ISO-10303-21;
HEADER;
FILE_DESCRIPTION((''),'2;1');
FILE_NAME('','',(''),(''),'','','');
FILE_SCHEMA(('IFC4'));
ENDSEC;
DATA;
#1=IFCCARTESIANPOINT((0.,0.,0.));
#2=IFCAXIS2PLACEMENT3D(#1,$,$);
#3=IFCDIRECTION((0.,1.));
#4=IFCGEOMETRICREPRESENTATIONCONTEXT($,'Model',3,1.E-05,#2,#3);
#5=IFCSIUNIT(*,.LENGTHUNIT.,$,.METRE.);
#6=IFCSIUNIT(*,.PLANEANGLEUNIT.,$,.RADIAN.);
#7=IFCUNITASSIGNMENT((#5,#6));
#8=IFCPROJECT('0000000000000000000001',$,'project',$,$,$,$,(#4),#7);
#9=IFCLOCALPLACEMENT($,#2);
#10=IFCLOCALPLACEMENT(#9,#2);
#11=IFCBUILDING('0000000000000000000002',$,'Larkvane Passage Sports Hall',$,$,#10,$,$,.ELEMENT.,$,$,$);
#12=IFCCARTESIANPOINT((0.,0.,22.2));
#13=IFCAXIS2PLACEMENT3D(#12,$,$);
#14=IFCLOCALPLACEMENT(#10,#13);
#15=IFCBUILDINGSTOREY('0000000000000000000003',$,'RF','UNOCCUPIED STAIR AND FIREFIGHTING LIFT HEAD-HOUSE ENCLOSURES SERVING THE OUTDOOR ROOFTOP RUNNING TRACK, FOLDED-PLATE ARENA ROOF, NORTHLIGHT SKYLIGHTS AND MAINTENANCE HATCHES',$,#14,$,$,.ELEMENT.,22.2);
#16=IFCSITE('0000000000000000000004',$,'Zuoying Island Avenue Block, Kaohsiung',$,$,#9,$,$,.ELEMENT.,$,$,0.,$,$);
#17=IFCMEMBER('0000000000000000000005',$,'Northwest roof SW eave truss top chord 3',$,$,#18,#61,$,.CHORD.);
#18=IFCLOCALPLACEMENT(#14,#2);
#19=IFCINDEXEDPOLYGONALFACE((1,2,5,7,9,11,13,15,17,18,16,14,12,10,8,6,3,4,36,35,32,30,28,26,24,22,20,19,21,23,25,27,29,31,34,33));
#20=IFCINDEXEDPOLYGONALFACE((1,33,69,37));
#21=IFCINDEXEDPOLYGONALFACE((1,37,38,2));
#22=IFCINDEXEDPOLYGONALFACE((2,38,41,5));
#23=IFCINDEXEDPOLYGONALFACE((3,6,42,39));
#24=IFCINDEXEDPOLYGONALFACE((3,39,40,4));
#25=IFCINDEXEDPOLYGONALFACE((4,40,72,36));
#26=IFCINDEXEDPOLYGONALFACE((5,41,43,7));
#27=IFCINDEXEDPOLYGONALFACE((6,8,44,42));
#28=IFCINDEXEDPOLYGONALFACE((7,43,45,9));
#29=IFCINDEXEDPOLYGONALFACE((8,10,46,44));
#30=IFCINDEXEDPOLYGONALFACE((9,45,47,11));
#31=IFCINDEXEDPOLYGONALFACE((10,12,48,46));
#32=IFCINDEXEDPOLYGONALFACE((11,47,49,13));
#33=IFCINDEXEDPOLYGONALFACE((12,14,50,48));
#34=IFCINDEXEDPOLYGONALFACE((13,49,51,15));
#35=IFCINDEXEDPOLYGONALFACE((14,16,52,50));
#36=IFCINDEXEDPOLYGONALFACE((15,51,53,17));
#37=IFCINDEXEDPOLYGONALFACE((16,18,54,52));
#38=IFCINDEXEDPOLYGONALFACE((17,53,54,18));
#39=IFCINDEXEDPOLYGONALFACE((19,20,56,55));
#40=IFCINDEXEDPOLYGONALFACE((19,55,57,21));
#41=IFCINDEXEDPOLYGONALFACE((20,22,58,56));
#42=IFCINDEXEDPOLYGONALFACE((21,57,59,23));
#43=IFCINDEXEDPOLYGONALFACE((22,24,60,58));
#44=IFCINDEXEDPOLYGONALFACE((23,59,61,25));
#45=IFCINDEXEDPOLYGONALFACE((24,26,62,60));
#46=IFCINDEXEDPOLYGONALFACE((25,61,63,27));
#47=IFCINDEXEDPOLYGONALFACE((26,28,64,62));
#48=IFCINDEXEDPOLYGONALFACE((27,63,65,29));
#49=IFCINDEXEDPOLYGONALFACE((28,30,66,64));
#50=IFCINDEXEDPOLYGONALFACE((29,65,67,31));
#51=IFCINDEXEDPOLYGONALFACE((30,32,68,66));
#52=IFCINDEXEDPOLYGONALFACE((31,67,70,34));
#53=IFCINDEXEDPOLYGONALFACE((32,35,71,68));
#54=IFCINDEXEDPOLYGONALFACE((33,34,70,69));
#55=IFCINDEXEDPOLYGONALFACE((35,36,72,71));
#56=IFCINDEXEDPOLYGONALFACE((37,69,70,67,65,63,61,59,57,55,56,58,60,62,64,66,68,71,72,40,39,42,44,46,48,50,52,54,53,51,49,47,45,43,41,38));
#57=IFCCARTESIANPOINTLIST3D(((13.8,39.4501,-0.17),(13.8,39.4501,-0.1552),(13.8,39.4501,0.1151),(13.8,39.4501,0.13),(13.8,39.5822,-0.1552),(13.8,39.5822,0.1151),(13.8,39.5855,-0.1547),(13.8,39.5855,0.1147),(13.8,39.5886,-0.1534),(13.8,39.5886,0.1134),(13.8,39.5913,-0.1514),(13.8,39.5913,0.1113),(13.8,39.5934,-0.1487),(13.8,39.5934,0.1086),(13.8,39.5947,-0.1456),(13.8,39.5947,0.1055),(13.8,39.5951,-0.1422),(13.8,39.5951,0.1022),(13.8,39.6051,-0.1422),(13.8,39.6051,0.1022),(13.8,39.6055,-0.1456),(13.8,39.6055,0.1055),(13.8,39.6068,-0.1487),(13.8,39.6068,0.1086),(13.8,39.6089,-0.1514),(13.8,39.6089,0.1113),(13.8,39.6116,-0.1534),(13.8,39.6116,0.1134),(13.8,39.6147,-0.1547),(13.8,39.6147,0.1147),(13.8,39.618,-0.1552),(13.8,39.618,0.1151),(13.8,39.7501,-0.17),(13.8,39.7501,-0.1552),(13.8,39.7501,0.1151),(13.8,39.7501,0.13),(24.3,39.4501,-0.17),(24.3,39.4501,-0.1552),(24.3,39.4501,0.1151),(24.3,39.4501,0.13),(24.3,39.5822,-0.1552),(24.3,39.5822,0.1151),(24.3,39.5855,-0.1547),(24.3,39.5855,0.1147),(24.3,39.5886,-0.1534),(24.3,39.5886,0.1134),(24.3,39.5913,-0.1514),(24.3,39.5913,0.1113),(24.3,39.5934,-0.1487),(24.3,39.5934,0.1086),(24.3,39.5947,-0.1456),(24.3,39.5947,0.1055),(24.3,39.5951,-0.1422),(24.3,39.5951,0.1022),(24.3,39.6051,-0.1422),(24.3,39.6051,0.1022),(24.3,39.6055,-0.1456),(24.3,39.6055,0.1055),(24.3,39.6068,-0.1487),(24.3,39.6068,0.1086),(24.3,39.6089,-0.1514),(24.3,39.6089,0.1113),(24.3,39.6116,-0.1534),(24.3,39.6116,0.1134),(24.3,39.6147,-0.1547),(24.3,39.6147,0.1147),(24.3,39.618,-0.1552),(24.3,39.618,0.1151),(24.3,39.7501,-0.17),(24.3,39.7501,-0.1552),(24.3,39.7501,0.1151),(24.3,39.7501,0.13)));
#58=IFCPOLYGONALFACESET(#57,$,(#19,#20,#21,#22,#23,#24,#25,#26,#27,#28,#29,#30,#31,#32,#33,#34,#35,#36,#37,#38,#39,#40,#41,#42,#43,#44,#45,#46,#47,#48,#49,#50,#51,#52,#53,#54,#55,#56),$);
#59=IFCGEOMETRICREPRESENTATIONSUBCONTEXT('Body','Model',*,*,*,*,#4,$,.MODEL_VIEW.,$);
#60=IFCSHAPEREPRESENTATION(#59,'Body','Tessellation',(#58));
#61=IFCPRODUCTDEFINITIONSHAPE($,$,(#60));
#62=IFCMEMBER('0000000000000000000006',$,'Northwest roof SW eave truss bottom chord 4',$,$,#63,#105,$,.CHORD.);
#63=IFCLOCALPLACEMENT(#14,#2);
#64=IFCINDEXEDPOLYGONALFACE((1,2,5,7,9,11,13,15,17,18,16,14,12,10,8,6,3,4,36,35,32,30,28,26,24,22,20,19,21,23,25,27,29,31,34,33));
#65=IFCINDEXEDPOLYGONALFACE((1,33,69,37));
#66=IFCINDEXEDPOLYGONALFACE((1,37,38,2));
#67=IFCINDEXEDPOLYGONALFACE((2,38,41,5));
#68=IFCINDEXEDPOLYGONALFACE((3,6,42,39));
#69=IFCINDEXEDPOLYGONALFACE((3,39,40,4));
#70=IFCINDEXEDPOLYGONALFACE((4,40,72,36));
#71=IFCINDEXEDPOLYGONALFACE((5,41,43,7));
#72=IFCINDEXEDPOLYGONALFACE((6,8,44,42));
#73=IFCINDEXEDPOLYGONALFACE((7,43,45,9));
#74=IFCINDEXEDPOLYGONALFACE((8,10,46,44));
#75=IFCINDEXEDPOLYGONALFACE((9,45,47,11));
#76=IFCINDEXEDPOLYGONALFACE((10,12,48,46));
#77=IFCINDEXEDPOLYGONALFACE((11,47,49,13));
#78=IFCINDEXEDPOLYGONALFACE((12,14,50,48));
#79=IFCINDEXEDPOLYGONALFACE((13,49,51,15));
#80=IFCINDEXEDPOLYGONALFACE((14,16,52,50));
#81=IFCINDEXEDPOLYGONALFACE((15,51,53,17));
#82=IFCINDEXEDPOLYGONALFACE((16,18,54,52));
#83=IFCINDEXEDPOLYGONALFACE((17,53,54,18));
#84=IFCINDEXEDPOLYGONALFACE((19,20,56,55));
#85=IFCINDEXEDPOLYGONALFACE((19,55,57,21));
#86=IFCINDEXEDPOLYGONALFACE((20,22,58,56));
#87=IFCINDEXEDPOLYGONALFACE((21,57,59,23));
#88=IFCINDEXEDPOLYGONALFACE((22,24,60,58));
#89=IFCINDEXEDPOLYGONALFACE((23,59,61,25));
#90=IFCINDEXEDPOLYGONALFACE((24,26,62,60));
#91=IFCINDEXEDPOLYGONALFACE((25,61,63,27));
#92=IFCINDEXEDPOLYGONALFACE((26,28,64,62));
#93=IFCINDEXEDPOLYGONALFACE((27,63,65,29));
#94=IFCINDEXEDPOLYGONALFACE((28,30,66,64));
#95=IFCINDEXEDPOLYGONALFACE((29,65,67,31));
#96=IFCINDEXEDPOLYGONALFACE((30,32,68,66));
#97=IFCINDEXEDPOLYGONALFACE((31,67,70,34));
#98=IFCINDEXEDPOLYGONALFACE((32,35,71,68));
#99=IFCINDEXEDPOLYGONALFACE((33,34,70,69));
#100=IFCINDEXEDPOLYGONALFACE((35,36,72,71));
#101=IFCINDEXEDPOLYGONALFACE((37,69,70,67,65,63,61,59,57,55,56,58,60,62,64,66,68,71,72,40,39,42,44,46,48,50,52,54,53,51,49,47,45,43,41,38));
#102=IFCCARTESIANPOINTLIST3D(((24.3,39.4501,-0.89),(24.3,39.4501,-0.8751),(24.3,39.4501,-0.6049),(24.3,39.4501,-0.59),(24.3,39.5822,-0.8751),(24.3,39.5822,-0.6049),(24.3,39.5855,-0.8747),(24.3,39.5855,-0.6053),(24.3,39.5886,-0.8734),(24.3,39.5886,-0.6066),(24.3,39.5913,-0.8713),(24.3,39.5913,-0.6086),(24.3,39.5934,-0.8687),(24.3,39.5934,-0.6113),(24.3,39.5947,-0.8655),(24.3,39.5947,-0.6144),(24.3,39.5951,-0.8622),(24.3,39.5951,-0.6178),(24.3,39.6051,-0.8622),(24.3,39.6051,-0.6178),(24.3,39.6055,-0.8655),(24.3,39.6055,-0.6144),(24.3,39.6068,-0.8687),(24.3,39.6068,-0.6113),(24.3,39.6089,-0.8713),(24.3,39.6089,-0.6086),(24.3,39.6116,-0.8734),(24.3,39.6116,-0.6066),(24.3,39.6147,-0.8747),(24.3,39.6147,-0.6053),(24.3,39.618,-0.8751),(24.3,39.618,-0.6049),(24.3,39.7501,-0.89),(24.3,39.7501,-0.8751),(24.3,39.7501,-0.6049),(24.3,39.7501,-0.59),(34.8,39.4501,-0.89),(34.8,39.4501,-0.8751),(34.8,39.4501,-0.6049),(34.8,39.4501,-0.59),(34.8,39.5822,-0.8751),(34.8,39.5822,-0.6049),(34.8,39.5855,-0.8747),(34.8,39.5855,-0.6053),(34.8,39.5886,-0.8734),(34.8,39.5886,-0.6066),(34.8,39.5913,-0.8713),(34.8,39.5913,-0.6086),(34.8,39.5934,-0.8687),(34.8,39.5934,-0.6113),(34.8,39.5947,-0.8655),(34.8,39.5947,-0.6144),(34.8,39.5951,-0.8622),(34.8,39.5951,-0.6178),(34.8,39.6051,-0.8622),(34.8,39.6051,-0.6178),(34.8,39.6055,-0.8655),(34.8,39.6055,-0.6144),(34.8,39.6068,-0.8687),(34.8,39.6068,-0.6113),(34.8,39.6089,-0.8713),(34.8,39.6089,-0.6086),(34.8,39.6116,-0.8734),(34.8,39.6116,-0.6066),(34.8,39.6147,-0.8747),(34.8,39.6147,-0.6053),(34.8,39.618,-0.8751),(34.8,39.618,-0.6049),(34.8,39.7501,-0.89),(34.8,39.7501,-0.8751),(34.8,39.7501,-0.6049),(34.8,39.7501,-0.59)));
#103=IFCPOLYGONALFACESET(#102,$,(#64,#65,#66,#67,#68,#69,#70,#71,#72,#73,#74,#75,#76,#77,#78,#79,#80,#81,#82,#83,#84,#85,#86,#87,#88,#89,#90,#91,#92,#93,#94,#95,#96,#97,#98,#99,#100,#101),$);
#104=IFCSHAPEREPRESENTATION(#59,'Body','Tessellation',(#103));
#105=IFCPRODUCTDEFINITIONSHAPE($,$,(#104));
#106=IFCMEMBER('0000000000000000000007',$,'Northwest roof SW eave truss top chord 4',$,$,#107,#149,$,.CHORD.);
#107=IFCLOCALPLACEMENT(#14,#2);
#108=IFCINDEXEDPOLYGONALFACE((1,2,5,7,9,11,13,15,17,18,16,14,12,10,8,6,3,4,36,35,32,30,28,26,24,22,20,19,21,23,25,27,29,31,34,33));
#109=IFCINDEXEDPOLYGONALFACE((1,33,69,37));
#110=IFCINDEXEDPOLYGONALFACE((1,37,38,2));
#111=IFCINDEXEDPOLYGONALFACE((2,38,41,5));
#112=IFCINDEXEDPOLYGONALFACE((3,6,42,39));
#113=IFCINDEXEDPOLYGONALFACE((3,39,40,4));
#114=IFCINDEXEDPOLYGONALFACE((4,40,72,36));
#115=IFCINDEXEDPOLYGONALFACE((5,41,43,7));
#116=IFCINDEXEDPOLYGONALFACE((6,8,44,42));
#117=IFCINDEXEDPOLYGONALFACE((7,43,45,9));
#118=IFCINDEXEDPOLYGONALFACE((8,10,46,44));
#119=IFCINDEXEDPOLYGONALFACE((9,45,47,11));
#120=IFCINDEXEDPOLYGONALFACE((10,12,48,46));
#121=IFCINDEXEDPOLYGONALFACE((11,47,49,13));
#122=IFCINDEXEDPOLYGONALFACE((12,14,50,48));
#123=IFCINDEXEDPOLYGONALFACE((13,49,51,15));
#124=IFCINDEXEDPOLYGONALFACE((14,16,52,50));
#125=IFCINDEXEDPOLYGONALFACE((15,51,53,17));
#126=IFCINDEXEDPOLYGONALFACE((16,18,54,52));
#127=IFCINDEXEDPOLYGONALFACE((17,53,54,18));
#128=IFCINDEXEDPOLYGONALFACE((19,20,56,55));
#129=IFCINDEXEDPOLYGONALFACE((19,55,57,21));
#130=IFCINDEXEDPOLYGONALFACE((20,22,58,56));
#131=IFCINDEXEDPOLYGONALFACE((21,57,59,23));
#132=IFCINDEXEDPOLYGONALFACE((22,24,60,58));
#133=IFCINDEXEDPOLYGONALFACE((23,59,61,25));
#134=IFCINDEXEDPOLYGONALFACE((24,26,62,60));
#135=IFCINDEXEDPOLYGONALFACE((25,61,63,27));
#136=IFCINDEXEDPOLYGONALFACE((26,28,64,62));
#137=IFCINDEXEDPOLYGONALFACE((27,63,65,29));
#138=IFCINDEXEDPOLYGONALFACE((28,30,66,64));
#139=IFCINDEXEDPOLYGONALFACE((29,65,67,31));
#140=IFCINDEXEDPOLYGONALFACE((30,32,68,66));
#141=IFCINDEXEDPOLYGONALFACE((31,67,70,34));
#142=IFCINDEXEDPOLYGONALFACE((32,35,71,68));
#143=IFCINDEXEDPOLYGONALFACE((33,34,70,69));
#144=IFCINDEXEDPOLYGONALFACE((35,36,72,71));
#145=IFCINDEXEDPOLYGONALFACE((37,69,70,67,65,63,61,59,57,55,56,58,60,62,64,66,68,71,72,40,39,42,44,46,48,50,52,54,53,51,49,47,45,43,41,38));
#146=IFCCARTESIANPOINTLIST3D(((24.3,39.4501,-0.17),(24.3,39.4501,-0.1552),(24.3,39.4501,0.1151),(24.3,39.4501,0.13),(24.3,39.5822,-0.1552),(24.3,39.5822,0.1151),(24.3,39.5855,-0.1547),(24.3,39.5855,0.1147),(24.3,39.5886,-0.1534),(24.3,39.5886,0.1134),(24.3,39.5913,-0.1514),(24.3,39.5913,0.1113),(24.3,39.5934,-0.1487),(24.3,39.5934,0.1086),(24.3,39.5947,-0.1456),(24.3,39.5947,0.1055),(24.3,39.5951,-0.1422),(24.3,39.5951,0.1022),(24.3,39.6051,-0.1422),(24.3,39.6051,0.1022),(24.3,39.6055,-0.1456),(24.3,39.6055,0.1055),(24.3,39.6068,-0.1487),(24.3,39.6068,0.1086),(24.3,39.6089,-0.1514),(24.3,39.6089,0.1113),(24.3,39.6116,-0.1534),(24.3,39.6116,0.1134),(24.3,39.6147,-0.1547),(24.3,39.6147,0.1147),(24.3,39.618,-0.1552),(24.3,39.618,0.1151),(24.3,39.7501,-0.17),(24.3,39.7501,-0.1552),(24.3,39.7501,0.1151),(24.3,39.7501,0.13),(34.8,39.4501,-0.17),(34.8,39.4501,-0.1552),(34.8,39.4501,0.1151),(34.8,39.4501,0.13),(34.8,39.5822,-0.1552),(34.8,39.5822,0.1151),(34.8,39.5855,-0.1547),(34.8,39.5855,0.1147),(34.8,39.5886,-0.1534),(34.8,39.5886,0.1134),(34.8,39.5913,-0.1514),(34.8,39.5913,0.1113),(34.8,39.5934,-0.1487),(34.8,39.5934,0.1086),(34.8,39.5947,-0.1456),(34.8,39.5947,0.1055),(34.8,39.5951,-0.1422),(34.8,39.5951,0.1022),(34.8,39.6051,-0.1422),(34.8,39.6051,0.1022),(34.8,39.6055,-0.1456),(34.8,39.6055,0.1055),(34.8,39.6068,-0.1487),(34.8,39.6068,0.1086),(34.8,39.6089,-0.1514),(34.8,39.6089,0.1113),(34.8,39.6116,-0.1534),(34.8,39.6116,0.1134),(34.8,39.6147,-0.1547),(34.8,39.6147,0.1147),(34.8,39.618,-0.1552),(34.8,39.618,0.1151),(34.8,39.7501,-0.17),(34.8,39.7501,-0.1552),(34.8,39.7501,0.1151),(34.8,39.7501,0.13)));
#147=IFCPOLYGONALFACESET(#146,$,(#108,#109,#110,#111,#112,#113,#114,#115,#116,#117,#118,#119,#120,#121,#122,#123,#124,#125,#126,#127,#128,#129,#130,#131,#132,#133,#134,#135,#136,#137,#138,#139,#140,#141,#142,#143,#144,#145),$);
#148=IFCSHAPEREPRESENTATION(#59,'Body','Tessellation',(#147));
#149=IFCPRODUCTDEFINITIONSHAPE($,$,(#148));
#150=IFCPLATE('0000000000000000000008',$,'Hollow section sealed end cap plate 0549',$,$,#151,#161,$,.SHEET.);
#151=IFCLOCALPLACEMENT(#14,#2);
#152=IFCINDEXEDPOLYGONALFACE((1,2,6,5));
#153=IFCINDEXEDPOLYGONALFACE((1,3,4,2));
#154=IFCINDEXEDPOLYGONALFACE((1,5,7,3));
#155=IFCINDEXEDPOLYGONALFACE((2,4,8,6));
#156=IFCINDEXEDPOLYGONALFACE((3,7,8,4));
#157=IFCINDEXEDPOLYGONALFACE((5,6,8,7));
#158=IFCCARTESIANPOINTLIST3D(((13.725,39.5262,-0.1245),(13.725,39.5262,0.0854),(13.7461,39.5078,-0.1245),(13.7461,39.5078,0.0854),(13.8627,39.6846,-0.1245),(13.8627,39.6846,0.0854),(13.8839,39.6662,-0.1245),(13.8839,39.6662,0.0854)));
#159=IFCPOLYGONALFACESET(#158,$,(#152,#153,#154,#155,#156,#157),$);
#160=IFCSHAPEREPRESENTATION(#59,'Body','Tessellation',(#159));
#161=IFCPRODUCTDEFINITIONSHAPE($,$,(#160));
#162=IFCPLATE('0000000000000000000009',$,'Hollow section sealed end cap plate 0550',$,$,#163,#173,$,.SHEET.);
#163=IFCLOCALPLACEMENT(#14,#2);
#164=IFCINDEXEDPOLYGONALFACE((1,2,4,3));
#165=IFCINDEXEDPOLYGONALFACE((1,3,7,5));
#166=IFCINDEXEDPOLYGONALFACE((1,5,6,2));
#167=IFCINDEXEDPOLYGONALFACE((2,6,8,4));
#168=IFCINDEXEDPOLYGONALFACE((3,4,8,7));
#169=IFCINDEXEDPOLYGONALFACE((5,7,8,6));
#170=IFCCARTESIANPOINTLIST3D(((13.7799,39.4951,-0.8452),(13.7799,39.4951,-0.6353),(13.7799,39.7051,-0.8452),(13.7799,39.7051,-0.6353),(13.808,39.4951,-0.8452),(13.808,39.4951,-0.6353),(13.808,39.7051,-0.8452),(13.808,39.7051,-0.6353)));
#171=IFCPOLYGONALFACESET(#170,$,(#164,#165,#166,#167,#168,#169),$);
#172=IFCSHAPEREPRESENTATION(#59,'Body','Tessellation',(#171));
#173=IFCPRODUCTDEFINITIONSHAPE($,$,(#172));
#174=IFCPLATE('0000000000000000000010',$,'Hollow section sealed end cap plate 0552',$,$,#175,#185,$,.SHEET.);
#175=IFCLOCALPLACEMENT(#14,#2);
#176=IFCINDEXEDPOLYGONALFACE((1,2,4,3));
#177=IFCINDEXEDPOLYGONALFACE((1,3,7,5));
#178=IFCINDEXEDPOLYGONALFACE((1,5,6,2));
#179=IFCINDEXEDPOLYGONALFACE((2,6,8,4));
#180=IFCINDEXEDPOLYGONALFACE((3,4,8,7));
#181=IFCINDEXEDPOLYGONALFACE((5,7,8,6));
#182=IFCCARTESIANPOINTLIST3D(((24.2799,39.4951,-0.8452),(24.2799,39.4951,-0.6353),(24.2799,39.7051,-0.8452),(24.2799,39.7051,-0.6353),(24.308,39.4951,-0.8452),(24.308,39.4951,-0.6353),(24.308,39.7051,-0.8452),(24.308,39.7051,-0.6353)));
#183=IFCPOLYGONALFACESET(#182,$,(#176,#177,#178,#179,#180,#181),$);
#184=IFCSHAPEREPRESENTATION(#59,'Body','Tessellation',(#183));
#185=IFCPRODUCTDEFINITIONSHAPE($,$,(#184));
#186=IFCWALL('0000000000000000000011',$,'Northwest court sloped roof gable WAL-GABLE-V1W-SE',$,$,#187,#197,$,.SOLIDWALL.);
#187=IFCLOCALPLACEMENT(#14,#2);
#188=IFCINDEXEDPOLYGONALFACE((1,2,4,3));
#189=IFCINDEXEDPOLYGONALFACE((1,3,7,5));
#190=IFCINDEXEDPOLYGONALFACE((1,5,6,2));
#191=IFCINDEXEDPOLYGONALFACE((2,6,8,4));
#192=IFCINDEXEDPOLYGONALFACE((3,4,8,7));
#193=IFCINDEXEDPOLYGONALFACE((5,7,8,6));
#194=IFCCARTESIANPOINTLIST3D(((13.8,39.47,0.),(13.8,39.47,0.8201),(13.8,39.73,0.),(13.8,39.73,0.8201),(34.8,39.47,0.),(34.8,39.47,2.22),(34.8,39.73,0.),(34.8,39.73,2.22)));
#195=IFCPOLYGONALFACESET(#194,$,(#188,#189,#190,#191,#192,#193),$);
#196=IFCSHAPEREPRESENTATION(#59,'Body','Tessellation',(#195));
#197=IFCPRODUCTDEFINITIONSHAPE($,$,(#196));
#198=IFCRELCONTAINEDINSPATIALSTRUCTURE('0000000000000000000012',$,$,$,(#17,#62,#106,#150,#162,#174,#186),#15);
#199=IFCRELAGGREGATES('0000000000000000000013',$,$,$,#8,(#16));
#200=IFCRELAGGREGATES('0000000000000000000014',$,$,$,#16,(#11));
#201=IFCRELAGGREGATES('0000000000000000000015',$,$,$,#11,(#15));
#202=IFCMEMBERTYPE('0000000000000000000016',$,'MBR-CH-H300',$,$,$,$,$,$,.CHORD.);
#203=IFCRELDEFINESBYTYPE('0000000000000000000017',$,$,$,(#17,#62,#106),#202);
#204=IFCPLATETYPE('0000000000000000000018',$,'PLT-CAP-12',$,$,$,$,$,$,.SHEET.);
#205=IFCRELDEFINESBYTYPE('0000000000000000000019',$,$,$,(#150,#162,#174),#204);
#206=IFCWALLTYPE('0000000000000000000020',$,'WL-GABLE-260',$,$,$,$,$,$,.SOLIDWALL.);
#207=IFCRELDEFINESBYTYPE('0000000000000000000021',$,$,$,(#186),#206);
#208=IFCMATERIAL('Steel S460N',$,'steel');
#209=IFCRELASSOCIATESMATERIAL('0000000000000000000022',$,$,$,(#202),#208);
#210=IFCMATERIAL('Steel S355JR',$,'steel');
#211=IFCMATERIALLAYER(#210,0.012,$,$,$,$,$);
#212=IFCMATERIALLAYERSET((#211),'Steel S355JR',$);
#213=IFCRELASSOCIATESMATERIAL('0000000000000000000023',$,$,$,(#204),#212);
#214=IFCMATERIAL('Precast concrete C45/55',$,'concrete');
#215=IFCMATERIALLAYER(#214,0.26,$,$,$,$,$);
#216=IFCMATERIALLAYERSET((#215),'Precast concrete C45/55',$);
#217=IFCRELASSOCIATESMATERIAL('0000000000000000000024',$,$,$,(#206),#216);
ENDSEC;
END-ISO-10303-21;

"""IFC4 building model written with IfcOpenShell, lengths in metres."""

from ifc_helpers import new_model, si_unit, direction, frame, origin, origin_2d, place, context, subcontext, project, spatial, polyline, rectangle, i_section, outline, extrude, material, layer, layer_set, material_profile, profile_set, type_object, element, save


model = new_model("IFC4")

# Units and contexts
model_context = context("Model", 3, precision=1e-05, world=origin(), true_north=direction((0.0, 1.0)))
body_context = subcontext(model_context, "Body", "Model", "MODEL_VIEW")
ifc_project = project(units=[si_unit("LENGTHUNIT", "METRE"), si_unit("PLANEANGLEUNIT", "RADIAN")], contexts=[model_context])

# Site, building, storey
site_placement = place(None, origin())
site = spatial("IfcSite", under=ifc_project, at=site_placement, Name="Zuoying Island Avenue Block, Kaohsiung", CompositionType="ELEMENT", RefElevation=0.0)
building_placement = place(site_placement, origin())
building = spatial("IfcBuilding", under=site, at=building_placement, Name="Larkvane Passage Sports Hall", CompositionType="ELEMENT")
storey_placement = place(building_placement, frame((0.0, 0.0, 22.2)))
storey = spatial("IfcBuildingStorey", under=building, at=storey_placement, Name="RF", Description="UNOCCUPIED STAIR AND FIREFIGHTING LIFT HEAD-HOUSE ENCLOSURES SERVING THE OUTDOOR ROOFTOP RUNNING TRACK, FOLDED-PLATE ARENA ROOF, NORTHLIGHT SKYLIGHTS AND MAINTENANCE HATCHES", CompositionType="ELEMENT", Elevation=22.2)

# Members
ifc_material_1 = material(Name="Steel S355JR", Category="steel")
ifc_material_2 = material(Name="Steel S460N", Category="steel")
ifc_material_profile_1 = material_profile(ifc_material_2, i_section(OverallWidth=0.3, OverallDepth=0.3, WebThickness=0.01, FlangeThickness=0.0149, FilletRadius=0.0129, at=origin_2d()), Name="H-300x300x10x15")
ifc_profile_set_1 = profile_set([ifc_material_profile_1], Name="Steel S460N")
member_type_1 = type_object("IfcMemberType", Name="MBR-CH-H300", PredefinedType="CHORD", material=ifc_profile_set_1)
for number, where, z_axis, x_axis, name in (
    (1, (13.8, 39.6001, -0.02), (1.0, 0.0, 0.0), (0.0, 1.0, 0.0), "Northwest roof SW eave truss top chord 3"),
    (2, (24.3, 39.6001, -0.74), (1.0, 0.0, 0.0), (0.0, 1.0, 0.0), "Northwest roof SW eave truss bottom chord 4"),
    (3, (24.3, 39.6001, -0.02), (1.0, 0.0, 0.0), (0.0, 1.0, 0.0), "Northwest roof SW eave truss top chord 4"),
):
    element("IfcMember", number, at=place(storey_placement, frame(where, z_axis=z_axis, x_axis=x_axis)), inside=storey, type_object=member_type_1, Name=name, PredefinedType="CHORD", context=body_context, shape_type="SweptSolid", body=[
        extrude(i_section(OverallWidth=0.3, OverallDepth=0.3, WebThickness=0.01, FlangeThickness=0.0149, FilletRadius=0.0129, at=origin_2d()), origin(), (0.0, 0.0, 1.0), 10.5),
    ])

# Plates
ifc_layer_1 = layer(ifc_material_1, 0.012)
ifc_layer_set_1 = layer_set([ifc_layer_1], Name="Steel S355JR")
plate_type = type_object("IfcPlateType", Name="PLT-CAP-12", PredefinedType="SHEET", material=ifc_layer_set_1)
for number, where, z_axis, x_axis, name in (
    (4, (13.8044, 39.5962, -0.1245), (0.0, 0.0, 1.0), (0.656191, 0.754595, 0.0), "Hollow section sealed end cap plate 0549"),
    (5, (13.7939, 39.6001, -0.8452), (0.0, 0.0, 1.0), (0.0, 1.0, 0.0), "Hollow section sealed end cap plate 0550"),
    (6, (24.2939, 39.6001, -0.8452), (0.0, 0.0, 1.0), (0.0, 1.0, 0.0), "Hollow section sealed end cap plate 0552"),
):
    element("IfcPlate", number, at=place(storey_placement, frame(where, z_axis=z_axis, x_axis=x_axis)), inside=storey, type_object=plate_type, Name=name, PredefinedType="SHEET", context=body_context, shape_type="SweptSolid", body=[
        extrude(rectangle(XDim=0.21, YDim=0.0281, at=origin_2d()), origin(), (0.0, 0.0, 1.0), 0.21),
    ])

# Wall
ifc_material_3 = material(Name="Precast concrete C45/55", Category="concrete")
ifc_layer_2 = layer(ifc_material_3, 0.26)
ifc_layer_set_2 = layer_set([ifc_layer_2], Name="Precast concrete C45/55")
wall_type = type_object("IfcWallType", Name="WL-GABLE-260", PredefinedType="SOLIDWALL", material=ifc_layer_set_2)
wall_placement = place(storey_placement, frame((13.8, 39.6001, 0.0), z_axis=(0.0, 0.0, 1.0), x_axis=(1.0, 0.0, 0.0)))
element("IfcWall", 7, at=wall_placement, inside=storey, type_object=wall_type, Name="Northwest court sloped roof gable WAL-GABLE-V1W-SE", PredefinedType="SOLIDWALL", context=body_context, shape_type="SweptSolid", body=[
    extrude(outline(polyline([(0.0, 0.0), (21.0, 0.0), (21.0, 2.22), (0.0, 0.8201), (0.0, 0.0)])), frame((0.0, 0.1299, 0.0), z_axis=(0.0, -1.0, 0.0), x_axis=(1.0, 0.0, 0.0)), (0.0, 0.0, 1.0), 0.26),
])

save(model, "model.ifc")
